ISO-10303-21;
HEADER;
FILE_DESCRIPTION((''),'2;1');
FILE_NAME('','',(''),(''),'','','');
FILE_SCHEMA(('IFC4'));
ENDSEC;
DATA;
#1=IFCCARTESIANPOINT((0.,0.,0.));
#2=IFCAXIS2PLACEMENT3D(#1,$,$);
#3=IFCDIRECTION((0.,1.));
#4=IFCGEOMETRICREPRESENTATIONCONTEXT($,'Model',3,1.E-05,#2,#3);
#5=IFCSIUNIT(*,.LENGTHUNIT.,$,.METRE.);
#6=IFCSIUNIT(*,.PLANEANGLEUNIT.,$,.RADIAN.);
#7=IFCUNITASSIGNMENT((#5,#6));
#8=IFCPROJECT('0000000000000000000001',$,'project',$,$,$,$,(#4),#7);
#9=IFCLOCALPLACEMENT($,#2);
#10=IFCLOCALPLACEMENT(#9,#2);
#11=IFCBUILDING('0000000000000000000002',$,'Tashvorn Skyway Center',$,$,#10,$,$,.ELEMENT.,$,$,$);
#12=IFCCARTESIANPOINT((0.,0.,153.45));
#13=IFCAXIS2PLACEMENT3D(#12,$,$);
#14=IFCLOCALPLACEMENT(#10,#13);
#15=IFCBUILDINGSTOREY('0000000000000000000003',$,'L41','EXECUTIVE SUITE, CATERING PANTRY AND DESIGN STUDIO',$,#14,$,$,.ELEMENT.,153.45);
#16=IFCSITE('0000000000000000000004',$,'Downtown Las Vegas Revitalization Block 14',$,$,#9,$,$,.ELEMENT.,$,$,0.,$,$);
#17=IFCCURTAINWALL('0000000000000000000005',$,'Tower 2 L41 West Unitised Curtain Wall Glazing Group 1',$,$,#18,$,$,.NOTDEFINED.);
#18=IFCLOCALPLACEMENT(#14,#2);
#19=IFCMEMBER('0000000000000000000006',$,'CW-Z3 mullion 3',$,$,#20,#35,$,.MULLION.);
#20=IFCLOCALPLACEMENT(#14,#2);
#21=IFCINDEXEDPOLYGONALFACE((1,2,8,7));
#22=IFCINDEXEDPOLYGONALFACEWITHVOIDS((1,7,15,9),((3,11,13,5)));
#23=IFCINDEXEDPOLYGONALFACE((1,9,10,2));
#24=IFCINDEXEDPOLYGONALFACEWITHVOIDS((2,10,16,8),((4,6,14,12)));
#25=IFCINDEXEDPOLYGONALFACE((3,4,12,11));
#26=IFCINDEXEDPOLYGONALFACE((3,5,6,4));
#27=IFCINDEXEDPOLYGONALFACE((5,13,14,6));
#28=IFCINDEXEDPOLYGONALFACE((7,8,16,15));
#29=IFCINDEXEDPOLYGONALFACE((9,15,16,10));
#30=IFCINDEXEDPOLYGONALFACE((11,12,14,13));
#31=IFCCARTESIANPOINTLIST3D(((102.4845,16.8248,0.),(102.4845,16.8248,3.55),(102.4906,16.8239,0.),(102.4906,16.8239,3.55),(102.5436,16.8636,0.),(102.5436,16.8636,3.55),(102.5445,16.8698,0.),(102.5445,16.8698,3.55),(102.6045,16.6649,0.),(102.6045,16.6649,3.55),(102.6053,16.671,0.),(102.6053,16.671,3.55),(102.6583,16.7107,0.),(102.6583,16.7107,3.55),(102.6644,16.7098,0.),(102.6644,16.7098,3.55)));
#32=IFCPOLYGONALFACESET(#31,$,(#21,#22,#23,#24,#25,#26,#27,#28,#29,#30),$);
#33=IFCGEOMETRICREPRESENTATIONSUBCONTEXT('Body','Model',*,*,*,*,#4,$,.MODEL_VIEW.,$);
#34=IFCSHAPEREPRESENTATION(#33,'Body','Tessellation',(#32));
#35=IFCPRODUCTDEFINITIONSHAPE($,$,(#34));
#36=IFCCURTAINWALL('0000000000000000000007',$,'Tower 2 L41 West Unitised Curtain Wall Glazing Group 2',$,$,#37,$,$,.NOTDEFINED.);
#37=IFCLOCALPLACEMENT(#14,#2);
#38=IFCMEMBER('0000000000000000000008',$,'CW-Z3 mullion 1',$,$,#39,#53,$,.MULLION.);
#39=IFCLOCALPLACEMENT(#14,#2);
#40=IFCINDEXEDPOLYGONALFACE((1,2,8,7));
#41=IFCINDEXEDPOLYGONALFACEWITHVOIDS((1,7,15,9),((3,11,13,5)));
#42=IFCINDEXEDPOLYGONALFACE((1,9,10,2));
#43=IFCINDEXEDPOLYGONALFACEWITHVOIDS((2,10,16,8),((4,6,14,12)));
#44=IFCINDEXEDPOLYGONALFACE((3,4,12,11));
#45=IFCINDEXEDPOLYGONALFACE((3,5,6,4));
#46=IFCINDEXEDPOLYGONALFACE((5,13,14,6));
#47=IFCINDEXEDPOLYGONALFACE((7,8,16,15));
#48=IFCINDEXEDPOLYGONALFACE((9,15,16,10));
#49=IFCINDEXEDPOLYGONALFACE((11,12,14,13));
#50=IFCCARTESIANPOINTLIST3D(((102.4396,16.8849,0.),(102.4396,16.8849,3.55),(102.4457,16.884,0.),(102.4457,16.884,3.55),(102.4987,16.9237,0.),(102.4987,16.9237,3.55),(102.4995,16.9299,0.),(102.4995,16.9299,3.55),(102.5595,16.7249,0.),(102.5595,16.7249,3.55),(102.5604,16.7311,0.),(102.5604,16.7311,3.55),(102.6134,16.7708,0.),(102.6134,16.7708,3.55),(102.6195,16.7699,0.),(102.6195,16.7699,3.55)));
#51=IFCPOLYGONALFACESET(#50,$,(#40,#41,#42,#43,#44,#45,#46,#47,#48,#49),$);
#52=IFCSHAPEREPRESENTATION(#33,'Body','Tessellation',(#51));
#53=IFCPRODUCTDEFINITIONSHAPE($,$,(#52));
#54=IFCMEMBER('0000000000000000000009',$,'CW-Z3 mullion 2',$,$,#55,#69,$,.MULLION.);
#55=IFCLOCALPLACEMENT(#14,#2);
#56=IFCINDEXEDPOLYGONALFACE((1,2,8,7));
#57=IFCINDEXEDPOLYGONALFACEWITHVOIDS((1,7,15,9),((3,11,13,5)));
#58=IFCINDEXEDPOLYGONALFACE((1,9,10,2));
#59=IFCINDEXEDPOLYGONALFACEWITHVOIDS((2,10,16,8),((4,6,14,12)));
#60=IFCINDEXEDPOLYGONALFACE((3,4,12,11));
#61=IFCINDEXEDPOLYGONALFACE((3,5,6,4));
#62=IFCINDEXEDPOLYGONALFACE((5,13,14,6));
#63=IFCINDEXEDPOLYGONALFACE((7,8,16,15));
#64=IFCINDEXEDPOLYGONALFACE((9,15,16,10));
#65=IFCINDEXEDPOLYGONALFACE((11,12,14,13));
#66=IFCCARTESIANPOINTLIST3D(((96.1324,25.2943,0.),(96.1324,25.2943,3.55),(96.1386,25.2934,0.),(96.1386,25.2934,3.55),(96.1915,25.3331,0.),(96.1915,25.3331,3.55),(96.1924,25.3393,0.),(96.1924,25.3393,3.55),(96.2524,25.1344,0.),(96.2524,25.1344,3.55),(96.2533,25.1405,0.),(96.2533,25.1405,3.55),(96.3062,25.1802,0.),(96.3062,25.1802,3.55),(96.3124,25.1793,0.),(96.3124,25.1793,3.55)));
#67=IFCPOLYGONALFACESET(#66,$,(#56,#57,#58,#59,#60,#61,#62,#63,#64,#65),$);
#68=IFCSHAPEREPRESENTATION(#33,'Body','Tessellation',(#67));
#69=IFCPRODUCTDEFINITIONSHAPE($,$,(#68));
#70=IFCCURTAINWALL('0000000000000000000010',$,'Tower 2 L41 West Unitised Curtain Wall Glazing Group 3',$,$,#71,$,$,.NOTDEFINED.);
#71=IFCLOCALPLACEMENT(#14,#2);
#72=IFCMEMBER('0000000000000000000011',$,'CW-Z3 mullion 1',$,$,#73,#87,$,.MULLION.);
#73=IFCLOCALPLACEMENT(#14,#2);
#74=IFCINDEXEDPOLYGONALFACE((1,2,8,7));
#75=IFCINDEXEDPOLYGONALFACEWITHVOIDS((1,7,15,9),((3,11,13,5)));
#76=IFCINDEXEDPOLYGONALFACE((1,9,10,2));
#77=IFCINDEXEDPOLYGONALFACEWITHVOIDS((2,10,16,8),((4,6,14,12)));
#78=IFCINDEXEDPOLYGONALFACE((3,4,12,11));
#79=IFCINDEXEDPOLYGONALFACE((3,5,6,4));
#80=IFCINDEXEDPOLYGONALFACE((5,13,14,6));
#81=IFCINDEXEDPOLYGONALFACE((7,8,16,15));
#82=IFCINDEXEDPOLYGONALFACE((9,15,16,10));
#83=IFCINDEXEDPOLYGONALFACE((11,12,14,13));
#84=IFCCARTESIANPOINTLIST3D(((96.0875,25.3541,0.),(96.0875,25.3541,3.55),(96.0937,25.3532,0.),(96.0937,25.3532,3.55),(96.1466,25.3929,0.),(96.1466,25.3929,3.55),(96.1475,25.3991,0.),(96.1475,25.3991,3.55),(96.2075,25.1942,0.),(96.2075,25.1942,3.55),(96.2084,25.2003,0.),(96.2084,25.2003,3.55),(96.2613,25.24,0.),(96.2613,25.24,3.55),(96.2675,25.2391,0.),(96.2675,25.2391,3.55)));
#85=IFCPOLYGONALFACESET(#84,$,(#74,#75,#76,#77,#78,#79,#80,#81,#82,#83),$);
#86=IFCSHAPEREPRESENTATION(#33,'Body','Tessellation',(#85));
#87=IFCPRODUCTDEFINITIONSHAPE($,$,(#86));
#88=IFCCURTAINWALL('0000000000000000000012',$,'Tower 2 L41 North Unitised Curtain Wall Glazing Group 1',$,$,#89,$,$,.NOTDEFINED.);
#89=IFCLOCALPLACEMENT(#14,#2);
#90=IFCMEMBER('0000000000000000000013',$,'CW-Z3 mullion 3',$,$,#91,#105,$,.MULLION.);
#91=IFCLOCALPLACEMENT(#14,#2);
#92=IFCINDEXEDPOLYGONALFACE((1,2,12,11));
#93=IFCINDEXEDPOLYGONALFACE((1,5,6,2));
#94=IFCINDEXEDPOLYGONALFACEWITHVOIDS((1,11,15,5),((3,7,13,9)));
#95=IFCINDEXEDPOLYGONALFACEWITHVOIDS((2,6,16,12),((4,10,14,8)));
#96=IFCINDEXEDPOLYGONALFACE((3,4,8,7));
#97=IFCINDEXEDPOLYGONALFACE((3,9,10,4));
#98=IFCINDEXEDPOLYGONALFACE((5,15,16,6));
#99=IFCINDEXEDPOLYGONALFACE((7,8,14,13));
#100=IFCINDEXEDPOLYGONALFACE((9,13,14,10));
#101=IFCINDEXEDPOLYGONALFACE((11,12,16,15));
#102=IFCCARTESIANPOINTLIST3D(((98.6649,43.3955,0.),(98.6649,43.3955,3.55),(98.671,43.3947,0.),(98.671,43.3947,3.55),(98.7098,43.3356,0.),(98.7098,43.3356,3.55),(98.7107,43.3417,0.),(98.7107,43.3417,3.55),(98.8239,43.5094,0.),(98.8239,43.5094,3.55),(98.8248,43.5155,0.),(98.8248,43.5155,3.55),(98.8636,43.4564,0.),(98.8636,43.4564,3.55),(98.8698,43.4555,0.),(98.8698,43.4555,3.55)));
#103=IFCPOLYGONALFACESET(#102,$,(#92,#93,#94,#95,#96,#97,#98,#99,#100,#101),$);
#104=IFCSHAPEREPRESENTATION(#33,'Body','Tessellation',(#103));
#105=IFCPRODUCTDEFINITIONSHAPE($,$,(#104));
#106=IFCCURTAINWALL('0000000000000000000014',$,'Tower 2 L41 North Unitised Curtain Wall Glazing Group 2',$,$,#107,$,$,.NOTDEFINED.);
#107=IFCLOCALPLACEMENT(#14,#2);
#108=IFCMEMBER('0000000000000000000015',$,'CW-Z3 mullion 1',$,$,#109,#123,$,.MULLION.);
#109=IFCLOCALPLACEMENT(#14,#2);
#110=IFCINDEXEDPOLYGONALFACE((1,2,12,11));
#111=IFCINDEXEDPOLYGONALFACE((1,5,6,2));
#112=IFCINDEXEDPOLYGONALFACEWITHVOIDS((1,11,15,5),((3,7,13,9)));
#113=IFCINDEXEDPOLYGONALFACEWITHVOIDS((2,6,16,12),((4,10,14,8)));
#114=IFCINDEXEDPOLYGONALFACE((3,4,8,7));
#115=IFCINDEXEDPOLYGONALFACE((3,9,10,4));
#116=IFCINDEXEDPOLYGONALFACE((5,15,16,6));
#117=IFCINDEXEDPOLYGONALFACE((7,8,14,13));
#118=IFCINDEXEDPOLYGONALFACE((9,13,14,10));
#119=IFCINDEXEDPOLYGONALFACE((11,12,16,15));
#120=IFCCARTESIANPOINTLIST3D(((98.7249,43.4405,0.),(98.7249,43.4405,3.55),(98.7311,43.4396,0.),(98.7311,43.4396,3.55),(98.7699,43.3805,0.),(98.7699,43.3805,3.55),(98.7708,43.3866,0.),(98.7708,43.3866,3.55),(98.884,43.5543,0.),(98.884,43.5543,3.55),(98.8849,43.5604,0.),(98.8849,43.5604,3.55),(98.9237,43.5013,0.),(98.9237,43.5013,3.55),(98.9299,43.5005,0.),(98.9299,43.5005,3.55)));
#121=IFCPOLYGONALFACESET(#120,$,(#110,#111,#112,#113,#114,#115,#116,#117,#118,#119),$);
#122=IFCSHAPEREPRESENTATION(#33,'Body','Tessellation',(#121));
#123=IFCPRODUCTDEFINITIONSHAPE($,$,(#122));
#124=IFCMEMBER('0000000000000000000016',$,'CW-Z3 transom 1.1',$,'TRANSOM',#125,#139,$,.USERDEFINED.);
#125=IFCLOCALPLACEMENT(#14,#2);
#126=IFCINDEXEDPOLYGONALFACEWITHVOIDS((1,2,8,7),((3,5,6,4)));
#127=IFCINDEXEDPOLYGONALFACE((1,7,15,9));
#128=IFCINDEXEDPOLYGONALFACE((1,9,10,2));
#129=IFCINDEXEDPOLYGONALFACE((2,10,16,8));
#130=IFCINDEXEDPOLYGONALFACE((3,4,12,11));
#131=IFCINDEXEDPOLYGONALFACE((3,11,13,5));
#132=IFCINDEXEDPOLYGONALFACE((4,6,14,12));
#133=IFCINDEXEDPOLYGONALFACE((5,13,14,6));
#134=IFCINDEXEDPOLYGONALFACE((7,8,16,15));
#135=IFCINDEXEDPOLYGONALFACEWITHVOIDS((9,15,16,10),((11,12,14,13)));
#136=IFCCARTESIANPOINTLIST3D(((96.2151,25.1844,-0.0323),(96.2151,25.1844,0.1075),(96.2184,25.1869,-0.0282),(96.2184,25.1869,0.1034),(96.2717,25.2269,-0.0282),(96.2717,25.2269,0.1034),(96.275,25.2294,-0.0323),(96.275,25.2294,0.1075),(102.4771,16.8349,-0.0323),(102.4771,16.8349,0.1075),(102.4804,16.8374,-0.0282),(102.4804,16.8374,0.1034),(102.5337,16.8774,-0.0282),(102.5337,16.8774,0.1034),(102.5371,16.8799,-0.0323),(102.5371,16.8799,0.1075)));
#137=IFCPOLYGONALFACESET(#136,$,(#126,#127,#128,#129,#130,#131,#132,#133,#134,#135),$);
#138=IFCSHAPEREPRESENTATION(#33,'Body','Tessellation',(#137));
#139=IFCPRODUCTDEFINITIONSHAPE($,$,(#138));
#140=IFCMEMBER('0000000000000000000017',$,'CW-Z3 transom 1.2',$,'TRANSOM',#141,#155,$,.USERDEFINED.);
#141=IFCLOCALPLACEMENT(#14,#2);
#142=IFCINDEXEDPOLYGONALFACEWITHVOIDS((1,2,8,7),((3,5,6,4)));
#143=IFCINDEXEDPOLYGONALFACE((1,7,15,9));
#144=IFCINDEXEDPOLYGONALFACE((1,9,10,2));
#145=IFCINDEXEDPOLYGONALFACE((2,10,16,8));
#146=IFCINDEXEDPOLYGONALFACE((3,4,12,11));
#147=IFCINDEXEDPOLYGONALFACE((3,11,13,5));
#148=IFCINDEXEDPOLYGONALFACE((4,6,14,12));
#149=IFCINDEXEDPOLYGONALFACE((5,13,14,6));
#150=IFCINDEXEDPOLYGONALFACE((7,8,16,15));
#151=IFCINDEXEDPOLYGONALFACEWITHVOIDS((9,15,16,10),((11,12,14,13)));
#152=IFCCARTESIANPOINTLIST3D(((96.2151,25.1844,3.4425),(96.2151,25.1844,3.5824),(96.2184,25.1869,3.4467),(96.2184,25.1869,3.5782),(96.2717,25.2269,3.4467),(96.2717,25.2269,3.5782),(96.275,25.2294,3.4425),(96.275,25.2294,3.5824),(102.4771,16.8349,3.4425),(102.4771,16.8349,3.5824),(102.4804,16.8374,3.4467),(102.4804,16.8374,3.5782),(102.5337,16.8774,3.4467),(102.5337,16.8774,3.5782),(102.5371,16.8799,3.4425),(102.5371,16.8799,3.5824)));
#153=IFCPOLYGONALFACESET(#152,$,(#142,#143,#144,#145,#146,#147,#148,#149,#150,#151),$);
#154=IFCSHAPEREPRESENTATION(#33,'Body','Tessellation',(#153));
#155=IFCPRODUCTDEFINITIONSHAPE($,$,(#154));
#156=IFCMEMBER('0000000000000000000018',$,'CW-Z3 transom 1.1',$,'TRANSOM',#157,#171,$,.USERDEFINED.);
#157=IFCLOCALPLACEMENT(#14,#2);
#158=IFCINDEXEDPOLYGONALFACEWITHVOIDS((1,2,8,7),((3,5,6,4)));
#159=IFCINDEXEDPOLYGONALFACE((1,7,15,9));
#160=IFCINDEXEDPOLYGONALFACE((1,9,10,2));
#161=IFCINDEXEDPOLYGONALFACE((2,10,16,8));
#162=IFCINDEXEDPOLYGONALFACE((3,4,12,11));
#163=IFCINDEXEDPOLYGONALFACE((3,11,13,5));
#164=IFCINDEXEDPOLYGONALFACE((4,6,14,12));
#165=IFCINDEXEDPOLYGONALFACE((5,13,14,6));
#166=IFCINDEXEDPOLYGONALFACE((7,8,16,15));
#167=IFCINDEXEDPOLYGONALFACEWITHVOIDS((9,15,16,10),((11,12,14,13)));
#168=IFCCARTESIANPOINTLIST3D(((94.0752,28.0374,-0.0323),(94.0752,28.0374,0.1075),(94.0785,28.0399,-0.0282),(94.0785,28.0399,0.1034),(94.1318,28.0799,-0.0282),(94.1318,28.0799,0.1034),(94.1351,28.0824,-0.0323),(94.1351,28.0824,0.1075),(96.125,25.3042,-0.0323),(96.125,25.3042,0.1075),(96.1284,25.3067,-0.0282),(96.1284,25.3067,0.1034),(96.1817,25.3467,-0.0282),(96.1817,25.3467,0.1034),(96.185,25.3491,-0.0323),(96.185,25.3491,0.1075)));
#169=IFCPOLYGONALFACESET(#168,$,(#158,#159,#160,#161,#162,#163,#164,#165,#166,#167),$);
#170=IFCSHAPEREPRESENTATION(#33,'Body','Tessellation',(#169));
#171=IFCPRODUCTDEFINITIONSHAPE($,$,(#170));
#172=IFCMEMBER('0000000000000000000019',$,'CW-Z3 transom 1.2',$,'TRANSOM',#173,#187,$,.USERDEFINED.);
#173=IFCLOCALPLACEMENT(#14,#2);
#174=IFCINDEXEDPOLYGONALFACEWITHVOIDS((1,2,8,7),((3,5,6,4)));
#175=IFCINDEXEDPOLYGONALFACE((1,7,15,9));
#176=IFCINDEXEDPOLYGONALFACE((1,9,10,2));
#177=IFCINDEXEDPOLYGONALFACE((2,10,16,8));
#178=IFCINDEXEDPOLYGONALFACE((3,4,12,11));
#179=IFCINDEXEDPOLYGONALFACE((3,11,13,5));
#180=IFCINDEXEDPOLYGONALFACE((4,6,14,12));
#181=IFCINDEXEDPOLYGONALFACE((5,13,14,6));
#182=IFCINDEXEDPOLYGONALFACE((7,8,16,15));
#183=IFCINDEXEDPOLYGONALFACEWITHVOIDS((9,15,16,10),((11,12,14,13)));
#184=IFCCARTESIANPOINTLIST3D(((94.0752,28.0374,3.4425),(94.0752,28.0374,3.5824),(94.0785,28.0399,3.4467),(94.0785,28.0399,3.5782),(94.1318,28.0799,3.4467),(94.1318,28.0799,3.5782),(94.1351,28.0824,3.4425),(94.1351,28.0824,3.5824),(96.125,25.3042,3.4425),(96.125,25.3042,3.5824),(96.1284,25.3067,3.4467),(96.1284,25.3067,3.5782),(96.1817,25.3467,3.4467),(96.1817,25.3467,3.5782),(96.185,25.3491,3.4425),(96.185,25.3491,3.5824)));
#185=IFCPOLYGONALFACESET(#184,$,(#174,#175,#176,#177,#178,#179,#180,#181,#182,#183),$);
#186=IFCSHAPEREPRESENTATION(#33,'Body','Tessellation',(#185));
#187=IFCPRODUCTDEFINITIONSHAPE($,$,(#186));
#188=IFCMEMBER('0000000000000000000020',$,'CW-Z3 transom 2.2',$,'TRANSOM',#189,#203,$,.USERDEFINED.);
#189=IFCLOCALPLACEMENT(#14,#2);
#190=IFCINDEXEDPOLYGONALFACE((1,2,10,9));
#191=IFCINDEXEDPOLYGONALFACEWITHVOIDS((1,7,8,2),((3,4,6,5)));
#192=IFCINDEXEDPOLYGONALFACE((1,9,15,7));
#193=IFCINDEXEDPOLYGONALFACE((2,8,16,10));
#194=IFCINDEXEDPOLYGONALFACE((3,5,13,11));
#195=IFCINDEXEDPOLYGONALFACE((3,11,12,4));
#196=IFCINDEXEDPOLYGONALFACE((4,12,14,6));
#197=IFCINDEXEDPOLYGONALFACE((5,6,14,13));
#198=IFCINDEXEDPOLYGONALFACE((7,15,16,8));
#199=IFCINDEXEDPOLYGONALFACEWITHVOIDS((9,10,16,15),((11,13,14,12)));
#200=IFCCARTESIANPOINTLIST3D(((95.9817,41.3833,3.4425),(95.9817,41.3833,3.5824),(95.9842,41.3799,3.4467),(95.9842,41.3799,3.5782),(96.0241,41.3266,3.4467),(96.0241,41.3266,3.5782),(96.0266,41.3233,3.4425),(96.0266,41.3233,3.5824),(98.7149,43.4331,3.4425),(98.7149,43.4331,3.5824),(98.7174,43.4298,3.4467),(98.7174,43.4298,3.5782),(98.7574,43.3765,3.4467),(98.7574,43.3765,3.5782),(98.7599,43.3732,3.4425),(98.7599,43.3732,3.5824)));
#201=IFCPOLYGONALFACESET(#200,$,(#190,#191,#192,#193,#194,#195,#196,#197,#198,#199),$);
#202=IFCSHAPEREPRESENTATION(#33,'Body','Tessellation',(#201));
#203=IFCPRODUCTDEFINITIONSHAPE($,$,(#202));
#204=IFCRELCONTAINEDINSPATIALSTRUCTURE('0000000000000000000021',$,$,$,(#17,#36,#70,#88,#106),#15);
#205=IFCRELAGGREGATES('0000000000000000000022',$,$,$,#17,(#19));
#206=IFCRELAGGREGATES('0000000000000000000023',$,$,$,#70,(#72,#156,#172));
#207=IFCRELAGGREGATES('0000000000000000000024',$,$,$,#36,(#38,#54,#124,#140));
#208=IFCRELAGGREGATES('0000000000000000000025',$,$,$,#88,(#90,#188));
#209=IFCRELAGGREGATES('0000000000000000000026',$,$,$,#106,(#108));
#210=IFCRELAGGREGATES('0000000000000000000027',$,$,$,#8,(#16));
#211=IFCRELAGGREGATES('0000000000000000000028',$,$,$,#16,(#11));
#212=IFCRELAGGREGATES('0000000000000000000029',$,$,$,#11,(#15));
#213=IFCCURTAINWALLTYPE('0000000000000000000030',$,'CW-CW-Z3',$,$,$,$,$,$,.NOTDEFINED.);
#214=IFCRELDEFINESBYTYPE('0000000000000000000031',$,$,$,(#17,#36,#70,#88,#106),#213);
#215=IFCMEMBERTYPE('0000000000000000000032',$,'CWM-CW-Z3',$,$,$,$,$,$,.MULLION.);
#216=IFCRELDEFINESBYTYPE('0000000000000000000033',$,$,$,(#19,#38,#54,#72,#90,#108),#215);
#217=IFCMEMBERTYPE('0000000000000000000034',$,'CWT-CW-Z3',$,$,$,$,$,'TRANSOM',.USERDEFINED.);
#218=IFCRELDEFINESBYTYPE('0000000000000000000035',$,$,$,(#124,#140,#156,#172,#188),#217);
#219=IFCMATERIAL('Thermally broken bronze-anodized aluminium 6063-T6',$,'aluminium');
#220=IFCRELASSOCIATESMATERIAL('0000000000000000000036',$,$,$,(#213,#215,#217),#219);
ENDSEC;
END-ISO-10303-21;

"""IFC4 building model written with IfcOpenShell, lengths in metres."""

from ifc_helpers import new_model, si_unit, direction, frame, origin, origin_2d, place, context, subcontext, project, spatial, hollow_rectangle, extrude, material, material_profile, profile_set, type_object, element, aggregate, save


model = new_model("IFC4")

# Units and contexts
model_context = context("Model", 3, precision=1e-05, world=origin(), true_north=direction((0.0, 1.0)))
body_context = subcontext(model_context, "Body", "Model", "MODEL_VIEW")
ifc_project = project(units=[si_unit("LENGTHUNIT", "METRE"), si_unit("PLANEANGLEUNIT", "RADIAN")], contexts=[model_context])

# Site, building, storey
site_placement = place(None, origin())
site = spatial("IfcSite", under=ifc_project, at=site_placement, Name="Downtown Las Vegas Revitalization Block 14", CompositionType="ELEMENT", RefElevation=0.0)
building_placement = place(site_placement, origin())
building = spatial("IfcBuilding", under=site, at=building_placement, Name="Tashvorn Skyway Center", CompositionType="ELEMENT")
storey_placement = place(building_placement, frame((0.0, 0.0, 153.45)))
storey = spatial("IfcBuildingStorey", under=building, at=storey_placement, Name="L41", Description="EXECUTIVE SUITE, CATERING PANTRY AND DESIGN STUDIO", CompositionType="ELEMENT", Elevation=153.45)

# Curtain wall, member
ifc_material_1 = material(Name="Thermally broken bronze-anodized aluminium 6063-T6", Category="aluminium")
curtain_wall_type = type_object("IfcCurtainWallType", Name="CW-CW-Z3", PredefinedType="NOTDEFINED", material=ifc_material_1)
curtain_wall_1_placement = place(storey_placement, origin())
curtain_wall_1 = element("IfcCurtainWall", 1, at=curtain_wall_1_placement, inside=storey, type_object=curtain_wall_type, Name="Tower 2 L41 West Unitised Curtain Wall Glazing Group 1", PredefinedType="NOTDEFINED")
ifc_material_profile_1 = material_profile(ifc_material_1, hollow_rectangle(XDim=0.075, YDim=0.2, WallThickness=0.0044, at=origin_2d()), Name="ALU-MULL-75x200")
ifc_profile_set_1 = profile_set([ifc_material_profile_1], Name="Thermally broken bronze-anodized aluminium 6063-T6")
member_type_1 = type_object("IfcMemberType", Name="CWM-CW-Z3", PredefinedType="MULLION", material=ifc_profile_set_1)
member_1_placement = place(storey_placement, frame((102.5745, 16.7673, 0.0), z_axis=(0.0, 0.0, 1.0), x_axis=(-0.799997, -0.600005, 0.0)))
member_1 = element("IfcMember", 2, at=member_1_placement, type_object=member_type_1, Name="CW-Z3 mullion 3", PredefinedType="MULLION", context=body_context, shape_type="SweptSolid", body=[
    extrude(hollow_rectangle(XDim=0.075, YDim=0.2, WallThickness=0.0044, at=origin_2d()), origin(), (0.0, 0.0, 1.0), 3.55),
])
aggregate(curtain_wall_1, [member_1])

# Curtain wall, members
curtain_wall_2_placement = place(storey_placement, origin())
curtain_wall_2 = element("IfcCurtainWall", 3, at=curtain_wall_2_placement, inside=storey, type_object=curtain_wall_type, Name="Tower 2 L41 West Unitised Curtain Wall Glazing Group 2", PredefinedType="NOTDEFINED")
member_2_placement = place(storey_placement, frame((102.5295, 16.8274, 0.0), z_axis=(0.0, 0.0, 1.0), x_axis=(-0.800002, -0.599997, 0.0)))
member_2 = element("IfcMember", 4, at=member_2_placement, type_object=member_type_1, Name="CW-Z3 mullion 1", PredefinedType="MULLION", context=body_context, shape_type="SweptSolid", body=[
    extrude(hollow_rectangle(XDim=0.075, YDim=0.2, WallThickness=0.0044, at=origin_2d()), origin(), (0.0, 0.0, 1.0), 3.55),
])
member_3_placement = place(storey_placement, frame((96.2224, 25.2368, 0.0), z_axis=(0.0, 0.0, 1.0), x_axis=(-0.800002, -0.599997, 0.0)))
member_3 = element("IfcMember", 5, at=member_3_placement, type_object=member_type_1, Name="CW-Z3 mullion 2", PredefinedType="MULLION", context=body_context, shape_type="SweptSolid", body=[
    extrude(hollow_rectangle(XDim=0.075, YDim=0.2, WallThickness=0.0044, at=origin_2d()), origin(), (0.0, 0.0, 1.0), 3.55),
])

# Curtain walls, members
curtain_wall_3_placement = place(storey_placement, origin())
curtain_wall_3 = element("IfcCurtainWall", 6, at=curtain_wall_3_placement, inside=storey, type_object=curtain_wall_type, Name="Tower 2 L41 West Unitised Curtain Wall Glazing Group 3", PredefinedType="NOTDEFINED")
member_4_placement = place(storey_placement, frame((96.1775, 25.2966, 0.0), z_axis=(0.0, 0.0, 1.0), x_axis=(-0.799997, -0.600005, 0.0)))
member_4 = element("IfcMember", 7, at=member_4_placement, type_object=member_type_1, Name="CW-Z3 mullion 1", PredefinedType="MULLION", context=body_context, shape_type="SweptSolid", body=[
    extrude(hollow_rectangle(XDim=0.075, YDim=0.2, WallThickness=0.0044, at=origin_2d()), origin(), (0.0, 0.0, 1.0), 3.55),
])
curtain_wall_4_placement = place(storey_placement, origin())
curtain_wall_4 = element("IfcCurtainWall", 8, at=curtain_wall_4_placement, inside=storey, type_object=curtain_wall_type, Name="Tower 2 L41 North Unitised Curtain Wall Glazing Group 1", PredefinedType="NOTDEFINED")
member_5_placement = place(storey_placement, frame((98.7673, 43.4255, 0.0), z_axis=(0.0, 0.0, 1.0), x_axis=(-0.600005, 0.799997, 0.0)))
member_5 = element("IfcMember", 9, at=member_5_placement, type_object=member_type_1, Name="CW-Z3 mullion 3", PredefinedType="MULLION", context=body_context, shape_type="SweptSolid", body=[
    extrude(hollow_rectangle(XDim=0.075, YDim=0.2, WallThickness=0.0044, at=origin_2d()), origin(), (0.0, 0.0, 1.0), 3.55),
])
curtain_wall_5_placement = place(storey_placement, origin())
curtain_wall_5 = element("IfcCurtainWall", 10, at=curtain_wall_5_placement, inside=storey, type_object=curtain_wall_type, Name="Tower 2 L41 North Unitised Curtain Wall Glazing Group 2", PredefinedType="NOTDEFINED")
member_6_placement = place(storey_placement, frame((98.8274, 43.4705, 0.0), z_axis=(0.0, 0.0, 1.0), x_axis=(-0.599997, 0.800002, 0.0)))
member_6 = element("IfcMember", 11, at=member_6_placement, type_object=member_type_1, Name="CW-Z3 mullion 1", PredefinedType="MULLION", context=body_context, shape_type="SweptSolid", body=[
    extrude(hollow_rectangle(XDim=0.075, YDim=0.2, WallThickness=0.0044, at=origin_2d()), origin(), (0.0, 0.0, 1.0), 3.55),
])

# Members
ifc_material_profile_2 = material_profile(ifc_material_1, hollow_rectangle(XDim=0.075, YDim=0.1399, WallThickness=0.0042, at=origin_2d()), Name="ALU-TRAN-75x140")
ifc_profile_set_2 = profile_set([ifc_material_profile_2], Name="Thermally broken bronze-anodized aluminium 6063-T6")
member_type_2 = type_object("IfcMemberType", Name="CWT-CW-Z3", ElementType="TRANSOM", PredefinedType="USERDEFINED", material=ifc_profile_set_2)
member_7_placement = place(storey_placement, frame((102.5071, 16.8574, 0.0376), z_axis=(-0.599996, 0.800003, 0.0), x_axis=(-0.800003, -0.599996, 0.0)))
member_7 = element("IfcMember", 12, at=member_7_placement, type_object=member_type_2, Name="CW-Z3 transom 1.1", ObjectType="TRANSOM", PredefinedType="USERDEFINED", context=body_context, shape_type="SweptSolid", body=[
    extrude(hollow_rectangle(XDim=0.075, YDim=0.1399, WallThickness=0.0042, at=origin_2d()), origin(), (0.0, 0.0, 1.0), 10.4368),
])
member_8_placement = place(storey_placement, frame((102.5071, 16.8574, 3.5125), z_axis=(-0.599996, 0.800003, 0.0), x_axis=(-0.800003, -0.599996, 0.0)))
member_8 = element("IfcMember", 13, at=member_8_placement, type_object=member_type_2, Name="CW-Z3 transom 1.2", ObjectType="TRANSOM", PredefinedType="USERDEFINED", context=body_context, shape_type="SweptSolid", body=[
    extrude(hollow_rectangle(XDim=0.075, YDim=0.1399, WallThickness=0.0042, at=origin_2d()), origin(), (0.0, 0.0, 1.0), 10.4368),
])
member_9_placement = place(storey_placement, frame((96.155, 25.3267, 0.0376), z_axis=(-0.599989, 0.800009, 0.0), x_axis=(-0.800009, -0.599989, 0.0)))
member_9 = element("IfcMember", 14, at=member_9_placement, type_object=member_type_2, Name="CW-Z3 transom 1.1", ObjectType="TRANSOM", PredefinedType="USERDEFINED", context=body_context, shape_type="SweptSolid", body=[
    extrude(hollow_rectangle(XDim=0.075, YDim=0.1399, WallThickness=0.0042, at=origin_2d()), origin(), (0.0, 0.0, 1.0), 3.4165),
])
member_10_placement = place(storey_placement, frame((96.155, 25.3267, 3.5125), z_axis=(-0.599989, 0.800009, 0.0), x_axis=(-0.800009, -0.599989, 0.0)))
member_10 = element("IfcMember", 15, at=member_10_placement, type_object=member_type_2, Name="CW-Z3 transom 1.2", ObjectType="TRANSOM", PredefinedType="USERDEFINED", context=body_context, shape_type="SweptSolid", body=[
    extrude(hollow_rectangle(XDim=0.075, YDim=0.1399, WallThickness=0.0042, at=origin_2d()), origin(), (0.0, 0.0, 1.0), 3.4165),
])
aggregate(curtain_wall_3, [member_4, member_9, member_10])
member_11_placement = place(storey_placement, frame((96.0042, 41.3533, 3.5125), z_axis=(0.800009, 0.599989, 0.0), x_axis=(-0.599989, 0.800009, 0.0)))
member_11 = element("IfcMember", 16, at=member_11_placement, type_object=member_type_2, Name="CW-Z3 transom 2.2", ObjectType="TRANSOM", PredefinedType="USERDEFINED", context=body_context, shape_type="SweptSolid", body=[
    extrude(hollow_rectangle(XDim=0.075, YDim=0.1399, WallThickness=0.0042, at=origin_2d()), origin(), (0.0, 0.0, 1.0), 3.4165),
])

aggregate(curtain_wall_2, [member_2, member_3, member_7, member_8])
aggregate(curtain_wall_4, [member_5, member_11])
aggregate(curtain_wall_5, [member_6])

save(model, "model.ifc")
